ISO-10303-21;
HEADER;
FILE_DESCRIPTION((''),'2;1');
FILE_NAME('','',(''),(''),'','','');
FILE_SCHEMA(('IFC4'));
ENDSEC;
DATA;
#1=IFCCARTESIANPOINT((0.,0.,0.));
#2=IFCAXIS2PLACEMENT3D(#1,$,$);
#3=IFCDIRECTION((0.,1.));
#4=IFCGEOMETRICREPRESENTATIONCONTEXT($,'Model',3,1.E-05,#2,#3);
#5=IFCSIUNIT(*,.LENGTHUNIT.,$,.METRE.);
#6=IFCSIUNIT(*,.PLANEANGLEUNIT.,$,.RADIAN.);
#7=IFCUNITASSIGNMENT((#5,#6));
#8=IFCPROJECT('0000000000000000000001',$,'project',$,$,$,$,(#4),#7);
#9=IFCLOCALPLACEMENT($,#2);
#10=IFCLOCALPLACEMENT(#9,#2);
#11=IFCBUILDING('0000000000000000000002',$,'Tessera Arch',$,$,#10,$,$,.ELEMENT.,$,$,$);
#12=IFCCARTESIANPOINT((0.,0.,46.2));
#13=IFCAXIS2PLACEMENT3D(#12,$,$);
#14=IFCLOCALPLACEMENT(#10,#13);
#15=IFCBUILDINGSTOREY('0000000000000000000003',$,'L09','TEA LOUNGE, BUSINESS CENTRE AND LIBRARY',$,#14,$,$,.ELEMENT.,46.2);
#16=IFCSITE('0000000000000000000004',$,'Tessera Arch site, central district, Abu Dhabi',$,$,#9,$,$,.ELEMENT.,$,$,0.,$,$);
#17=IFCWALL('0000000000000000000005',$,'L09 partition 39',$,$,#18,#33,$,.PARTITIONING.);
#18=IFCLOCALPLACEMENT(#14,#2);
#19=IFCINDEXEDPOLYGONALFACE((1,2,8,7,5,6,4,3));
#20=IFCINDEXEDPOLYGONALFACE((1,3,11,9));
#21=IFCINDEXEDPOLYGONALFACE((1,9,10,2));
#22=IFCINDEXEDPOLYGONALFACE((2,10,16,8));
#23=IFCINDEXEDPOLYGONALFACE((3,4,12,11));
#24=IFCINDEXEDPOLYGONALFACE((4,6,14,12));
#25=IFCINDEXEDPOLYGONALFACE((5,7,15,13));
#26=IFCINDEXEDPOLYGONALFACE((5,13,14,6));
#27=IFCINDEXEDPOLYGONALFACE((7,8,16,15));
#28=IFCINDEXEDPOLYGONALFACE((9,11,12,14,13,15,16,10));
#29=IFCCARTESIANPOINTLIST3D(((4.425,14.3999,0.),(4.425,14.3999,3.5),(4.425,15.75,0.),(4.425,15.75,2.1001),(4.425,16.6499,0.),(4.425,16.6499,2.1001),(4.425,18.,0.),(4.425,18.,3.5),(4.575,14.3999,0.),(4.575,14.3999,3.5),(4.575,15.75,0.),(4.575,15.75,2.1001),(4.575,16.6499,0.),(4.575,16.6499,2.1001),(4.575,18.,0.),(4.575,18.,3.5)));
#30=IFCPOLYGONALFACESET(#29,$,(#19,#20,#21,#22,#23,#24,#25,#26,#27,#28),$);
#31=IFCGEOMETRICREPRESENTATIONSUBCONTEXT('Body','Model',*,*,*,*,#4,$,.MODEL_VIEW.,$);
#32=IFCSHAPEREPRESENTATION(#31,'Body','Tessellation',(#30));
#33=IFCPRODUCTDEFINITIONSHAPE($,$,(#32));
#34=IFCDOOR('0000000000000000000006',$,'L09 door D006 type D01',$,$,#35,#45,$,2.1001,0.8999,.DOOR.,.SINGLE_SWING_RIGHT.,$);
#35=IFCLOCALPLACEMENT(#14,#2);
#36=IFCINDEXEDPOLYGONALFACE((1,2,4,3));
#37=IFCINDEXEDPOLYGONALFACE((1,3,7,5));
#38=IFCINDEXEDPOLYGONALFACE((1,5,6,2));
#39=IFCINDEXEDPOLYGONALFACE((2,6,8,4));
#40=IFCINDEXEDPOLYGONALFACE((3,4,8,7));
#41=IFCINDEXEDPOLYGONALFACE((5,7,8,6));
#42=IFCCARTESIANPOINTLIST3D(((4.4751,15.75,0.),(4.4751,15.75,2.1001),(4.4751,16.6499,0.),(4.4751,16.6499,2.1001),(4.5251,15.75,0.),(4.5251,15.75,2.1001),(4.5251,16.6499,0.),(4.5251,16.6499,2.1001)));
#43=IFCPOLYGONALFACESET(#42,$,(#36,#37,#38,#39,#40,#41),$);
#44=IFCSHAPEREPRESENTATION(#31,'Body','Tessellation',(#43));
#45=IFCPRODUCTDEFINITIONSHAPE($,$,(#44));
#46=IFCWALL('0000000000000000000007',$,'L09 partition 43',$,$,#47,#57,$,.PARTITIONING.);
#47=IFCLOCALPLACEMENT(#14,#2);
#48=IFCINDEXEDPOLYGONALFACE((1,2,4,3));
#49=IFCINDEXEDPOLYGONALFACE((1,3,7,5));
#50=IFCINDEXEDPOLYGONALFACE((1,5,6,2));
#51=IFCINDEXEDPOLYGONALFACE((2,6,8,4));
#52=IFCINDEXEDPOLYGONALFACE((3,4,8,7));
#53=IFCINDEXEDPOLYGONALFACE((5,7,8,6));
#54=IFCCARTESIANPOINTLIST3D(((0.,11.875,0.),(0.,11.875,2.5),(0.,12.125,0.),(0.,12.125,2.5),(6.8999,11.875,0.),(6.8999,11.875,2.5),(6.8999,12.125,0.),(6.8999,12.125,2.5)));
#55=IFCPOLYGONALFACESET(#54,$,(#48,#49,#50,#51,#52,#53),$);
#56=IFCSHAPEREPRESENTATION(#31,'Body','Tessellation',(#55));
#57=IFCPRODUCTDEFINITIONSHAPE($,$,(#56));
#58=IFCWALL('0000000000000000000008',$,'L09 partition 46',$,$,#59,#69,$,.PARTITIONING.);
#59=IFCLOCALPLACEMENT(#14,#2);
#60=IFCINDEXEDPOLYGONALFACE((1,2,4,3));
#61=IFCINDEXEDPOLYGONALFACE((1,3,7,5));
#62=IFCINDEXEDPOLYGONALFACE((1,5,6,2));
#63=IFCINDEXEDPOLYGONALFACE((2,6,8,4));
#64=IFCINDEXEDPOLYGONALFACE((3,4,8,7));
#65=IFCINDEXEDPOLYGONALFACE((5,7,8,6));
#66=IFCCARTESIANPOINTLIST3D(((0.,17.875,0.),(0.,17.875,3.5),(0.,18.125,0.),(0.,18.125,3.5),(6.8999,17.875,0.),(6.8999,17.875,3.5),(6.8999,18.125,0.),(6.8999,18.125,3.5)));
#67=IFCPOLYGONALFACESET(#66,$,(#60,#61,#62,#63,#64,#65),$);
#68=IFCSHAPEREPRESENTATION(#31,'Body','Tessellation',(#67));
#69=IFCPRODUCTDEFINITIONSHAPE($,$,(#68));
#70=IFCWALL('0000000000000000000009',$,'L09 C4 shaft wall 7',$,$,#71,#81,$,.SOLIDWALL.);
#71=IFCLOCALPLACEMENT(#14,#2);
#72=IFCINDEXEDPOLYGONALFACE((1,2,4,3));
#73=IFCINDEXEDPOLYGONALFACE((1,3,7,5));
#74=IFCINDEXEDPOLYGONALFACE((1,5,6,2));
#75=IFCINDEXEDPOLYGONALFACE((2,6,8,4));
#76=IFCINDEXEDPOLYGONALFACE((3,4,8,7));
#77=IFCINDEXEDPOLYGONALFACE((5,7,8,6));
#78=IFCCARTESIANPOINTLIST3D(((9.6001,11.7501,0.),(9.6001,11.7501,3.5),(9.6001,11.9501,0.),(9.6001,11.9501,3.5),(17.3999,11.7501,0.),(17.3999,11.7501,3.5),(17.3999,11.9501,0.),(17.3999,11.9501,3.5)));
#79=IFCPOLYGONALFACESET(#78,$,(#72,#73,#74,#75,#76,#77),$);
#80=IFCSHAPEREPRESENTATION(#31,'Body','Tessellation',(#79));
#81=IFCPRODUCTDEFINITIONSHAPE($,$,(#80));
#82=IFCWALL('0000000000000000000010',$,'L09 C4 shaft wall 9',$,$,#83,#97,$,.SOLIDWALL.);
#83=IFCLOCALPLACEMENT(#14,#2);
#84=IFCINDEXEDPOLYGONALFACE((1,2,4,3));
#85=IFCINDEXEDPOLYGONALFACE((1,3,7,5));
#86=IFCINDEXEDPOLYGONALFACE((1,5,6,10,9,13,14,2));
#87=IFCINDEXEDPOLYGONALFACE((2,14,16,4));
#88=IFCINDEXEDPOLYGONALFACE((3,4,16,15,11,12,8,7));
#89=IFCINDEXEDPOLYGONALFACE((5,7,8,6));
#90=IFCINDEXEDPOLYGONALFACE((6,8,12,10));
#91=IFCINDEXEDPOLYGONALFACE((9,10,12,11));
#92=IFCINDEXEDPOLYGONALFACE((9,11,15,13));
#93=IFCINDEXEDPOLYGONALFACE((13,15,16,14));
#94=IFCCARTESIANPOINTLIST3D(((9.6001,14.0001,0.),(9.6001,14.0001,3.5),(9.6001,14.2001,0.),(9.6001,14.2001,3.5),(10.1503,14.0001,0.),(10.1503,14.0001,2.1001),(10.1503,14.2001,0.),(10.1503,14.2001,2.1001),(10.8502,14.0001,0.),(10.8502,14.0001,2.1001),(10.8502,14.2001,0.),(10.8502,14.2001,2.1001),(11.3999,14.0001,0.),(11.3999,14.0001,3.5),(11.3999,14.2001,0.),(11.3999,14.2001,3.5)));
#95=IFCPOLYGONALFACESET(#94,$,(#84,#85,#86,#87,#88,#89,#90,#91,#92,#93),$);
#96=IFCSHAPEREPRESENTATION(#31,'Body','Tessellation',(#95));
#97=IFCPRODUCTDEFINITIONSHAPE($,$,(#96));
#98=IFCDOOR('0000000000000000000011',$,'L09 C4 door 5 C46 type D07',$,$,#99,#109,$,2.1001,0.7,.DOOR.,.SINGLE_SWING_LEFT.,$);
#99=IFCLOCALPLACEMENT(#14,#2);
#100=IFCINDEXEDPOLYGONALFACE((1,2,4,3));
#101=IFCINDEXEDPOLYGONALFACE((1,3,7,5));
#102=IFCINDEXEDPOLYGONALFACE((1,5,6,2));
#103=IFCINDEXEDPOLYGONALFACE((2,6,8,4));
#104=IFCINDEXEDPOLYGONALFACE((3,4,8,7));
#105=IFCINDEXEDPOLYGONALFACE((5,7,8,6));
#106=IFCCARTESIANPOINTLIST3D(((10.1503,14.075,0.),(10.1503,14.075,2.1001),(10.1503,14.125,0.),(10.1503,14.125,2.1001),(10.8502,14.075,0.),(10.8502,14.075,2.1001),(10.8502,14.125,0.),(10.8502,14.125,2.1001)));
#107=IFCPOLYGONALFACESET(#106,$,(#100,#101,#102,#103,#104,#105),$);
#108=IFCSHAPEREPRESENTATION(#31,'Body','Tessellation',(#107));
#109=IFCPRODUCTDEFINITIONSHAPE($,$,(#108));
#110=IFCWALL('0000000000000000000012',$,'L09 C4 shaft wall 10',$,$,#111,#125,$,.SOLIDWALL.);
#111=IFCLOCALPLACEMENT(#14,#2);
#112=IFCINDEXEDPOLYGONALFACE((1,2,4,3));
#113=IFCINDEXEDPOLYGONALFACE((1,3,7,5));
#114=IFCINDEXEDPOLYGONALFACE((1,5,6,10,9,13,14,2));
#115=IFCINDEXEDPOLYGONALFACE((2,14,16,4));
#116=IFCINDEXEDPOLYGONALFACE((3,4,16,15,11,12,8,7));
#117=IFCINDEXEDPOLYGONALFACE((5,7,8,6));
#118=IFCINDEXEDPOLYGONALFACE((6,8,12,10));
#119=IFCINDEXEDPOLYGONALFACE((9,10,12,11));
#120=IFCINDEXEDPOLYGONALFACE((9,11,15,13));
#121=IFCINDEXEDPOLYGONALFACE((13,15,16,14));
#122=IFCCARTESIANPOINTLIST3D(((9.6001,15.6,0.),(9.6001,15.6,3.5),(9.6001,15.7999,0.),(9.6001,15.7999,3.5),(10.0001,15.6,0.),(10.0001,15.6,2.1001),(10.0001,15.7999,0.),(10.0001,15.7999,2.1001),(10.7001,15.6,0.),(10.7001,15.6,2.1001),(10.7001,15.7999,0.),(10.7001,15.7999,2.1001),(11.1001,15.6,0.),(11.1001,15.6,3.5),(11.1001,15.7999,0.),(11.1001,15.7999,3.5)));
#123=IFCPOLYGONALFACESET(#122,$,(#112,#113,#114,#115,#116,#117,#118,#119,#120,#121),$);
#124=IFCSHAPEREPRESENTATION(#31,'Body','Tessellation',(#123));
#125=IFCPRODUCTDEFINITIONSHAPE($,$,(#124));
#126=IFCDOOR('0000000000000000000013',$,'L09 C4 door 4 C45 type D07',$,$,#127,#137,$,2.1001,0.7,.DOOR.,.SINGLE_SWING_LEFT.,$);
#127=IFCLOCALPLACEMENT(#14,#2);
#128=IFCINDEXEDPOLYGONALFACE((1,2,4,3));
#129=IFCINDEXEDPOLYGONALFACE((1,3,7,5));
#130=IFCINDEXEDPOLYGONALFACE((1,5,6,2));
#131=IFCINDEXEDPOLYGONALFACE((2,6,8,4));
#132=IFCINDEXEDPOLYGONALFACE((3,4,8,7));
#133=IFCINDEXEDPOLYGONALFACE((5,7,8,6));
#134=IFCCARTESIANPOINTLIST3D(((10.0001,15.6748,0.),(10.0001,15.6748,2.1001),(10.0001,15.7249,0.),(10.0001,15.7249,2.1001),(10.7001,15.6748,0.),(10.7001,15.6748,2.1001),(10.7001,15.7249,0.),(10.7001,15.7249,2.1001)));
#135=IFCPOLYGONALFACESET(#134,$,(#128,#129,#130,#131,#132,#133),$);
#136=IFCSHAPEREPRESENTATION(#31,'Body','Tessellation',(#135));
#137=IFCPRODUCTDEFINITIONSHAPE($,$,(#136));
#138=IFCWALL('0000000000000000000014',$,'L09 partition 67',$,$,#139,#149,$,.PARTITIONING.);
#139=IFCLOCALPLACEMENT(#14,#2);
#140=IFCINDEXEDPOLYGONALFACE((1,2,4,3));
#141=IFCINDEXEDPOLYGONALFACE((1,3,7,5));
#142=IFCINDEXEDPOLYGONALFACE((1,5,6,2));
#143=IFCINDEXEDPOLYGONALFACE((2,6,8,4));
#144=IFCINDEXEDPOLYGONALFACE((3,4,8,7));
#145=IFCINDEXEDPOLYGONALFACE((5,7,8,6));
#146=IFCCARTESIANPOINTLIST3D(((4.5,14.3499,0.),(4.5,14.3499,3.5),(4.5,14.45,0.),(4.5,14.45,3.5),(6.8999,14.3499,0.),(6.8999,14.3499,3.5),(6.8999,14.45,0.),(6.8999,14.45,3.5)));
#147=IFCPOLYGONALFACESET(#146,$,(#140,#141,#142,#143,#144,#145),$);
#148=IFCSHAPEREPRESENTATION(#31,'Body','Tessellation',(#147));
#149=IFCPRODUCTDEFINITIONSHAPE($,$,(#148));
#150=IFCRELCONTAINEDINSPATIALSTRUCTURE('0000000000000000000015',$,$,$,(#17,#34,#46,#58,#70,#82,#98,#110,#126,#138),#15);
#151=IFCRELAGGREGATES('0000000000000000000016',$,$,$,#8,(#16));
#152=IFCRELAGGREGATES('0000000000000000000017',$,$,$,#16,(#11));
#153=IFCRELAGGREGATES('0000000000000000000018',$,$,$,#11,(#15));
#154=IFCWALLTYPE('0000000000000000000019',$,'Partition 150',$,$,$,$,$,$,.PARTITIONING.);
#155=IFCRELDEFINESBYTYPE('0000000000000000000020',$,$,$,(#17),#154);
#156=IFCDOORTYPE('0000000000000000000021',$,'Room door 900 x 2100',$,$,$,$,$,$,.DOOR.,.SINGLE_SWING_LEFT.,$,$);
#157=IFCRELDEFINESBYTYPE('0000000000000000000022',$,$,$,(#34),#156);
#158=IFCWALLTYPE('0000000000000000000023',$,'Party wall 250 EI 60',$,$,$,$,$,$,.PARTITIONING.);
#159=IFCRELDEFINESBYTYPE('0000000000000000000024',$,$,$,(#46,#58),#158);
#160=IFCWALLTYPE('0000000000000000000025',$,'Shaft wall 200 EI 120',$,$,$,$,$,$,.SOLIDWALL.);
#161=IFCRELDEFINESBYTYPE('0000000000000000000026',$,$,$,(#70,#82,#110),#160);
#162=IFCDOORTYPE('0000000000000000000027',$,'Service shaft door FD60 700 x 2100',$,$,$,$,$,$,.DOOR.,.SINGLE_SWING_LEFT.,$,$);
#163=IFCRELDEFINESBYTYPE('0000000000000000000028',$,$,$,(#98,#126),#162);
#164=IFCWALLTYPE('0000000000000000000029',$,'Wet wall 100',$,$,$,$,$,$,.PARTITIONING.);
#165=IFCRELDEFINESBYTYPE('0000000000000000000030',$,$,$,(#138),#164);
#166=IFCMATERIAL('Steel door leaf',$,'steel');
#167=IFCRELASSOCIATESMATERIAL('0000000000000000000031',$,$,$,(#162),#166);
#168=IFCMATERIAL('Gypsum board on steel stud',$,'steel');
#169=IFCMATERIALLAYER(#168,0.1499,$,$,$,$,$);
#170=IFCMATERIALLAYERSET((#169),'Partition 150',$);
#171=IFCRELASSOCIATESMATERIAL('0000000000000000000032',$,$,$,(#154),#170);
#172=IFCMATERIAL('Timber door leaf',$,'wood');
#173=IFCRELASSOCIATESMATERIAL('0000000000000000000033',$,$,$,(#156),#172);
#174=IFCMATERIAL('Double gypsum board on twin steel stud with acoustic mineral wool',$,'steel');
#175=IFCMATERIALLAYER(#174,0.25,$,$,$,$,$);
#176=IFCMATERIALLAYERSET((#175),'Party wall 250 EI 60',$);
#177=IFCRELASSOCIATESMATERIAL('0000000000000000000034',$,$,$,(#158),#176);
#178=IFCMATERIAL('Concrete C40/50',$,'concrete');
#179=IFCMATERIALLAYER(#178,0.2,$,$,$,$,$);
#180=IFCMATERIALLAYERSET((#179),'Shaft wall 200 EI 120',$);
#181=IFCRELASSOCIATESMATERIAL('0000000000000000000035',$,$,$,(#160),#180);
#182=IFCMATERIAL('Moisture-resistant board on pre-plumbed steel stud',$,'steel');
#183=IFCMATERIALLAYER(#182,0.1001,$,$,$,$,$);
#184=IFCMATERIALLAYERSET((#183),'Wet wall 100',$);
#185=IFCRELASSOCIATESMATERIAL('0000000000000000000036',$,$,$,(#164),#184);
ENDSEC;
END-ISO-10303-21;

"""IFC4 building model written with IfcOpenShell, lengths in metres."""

from ifc_helpers import new_model, si_unit, direction, frame, frame_2d, origin, place, context, subcontext, project, spatial, rectangle, extrude, material, layer, layer_set, type_object, element, fill, save


model = new_model("IFC4")

# Units and contexts
model_context = context("Model", 3, precision=1e-05, world=origin(), true_north=direction((0.0, 1.0)))
body_context = subcontext(model_context, "Body", "Model", "MODEL_VIEW")
ifc_project = project(units=[si_unit("LENGTHUNIT", "METRE"), si_unit("PLANEANGLEUNIT", "RADIAN")], contexts=[model_context])

# Site, building, storey
site_placement = place(None, origin())
site = spatial("IfcSite", under=ifc_project, at=site_placement, Name="Tessera Arch site, central district, Abu Dhabi", CompositionType="ELEMENT", RefElevation=0.0)
building_placement = place(site_placement, origin())
building = spatial("IfcBuilding", under=site, at=building_placement, Name="Tessera Arch", CompositionType="ELEMENT")
storey_placement = place(building_placement, frame((0.0, 0.0, 46.2)))
storey = spatial("IfcBuildingStorey", under=building, at=storey_placement, Name="L09", Description="TEA LOUNGE, BUSINESS CENTRE AND LIBRARY", CompositionType="ELEMENT", Elevation=46.2)

# Shared definitions
ifc_material_1 = material(Name="Steel door leaf", Category="steel")
door_type_1 = type_object("IfcDoorType", Name="Service shaft door FD60 700 x 2100", OperationType="SINGLE_SWING_LEFT", PredefinedType="DOOR", material=ifc_material_1)

# Wall, opening, door
ifc_material_2 = material(Name="Gypsum board on steel stud", Category="steel")
ifc_layer_1 = layer(ifc_material_2, 0.1499)
ifc_layer_set_1 = layer_set([ifc_layer_1], Name="Partition 150")
wall_type_1 = type_object("IfcWallType", Name="Partition 150", PredefinedType="PARTITIONING", material=ifc_layer_set_1)
wall_1_placement = place(storey_placement, frame((4.5, 14.3999, 0.0), z_axis=(0.0, 0.0, 1.0), x_axis=(0.0, 1.0, 0.0)))
wall_1 = element("IfcWall", 1, at=wall_1_placement, inside=storey, type_object=wall_type_1, Name="L09 partition 39", PredefinedType="PARTITIONING", context=body_context, shape_type="SweptSolid", body=[
    extrude(rectangle(XDim=3.6001, YDim=0.1499, at=frame_2d((1.8, 0.0))), origin(), (0.0, 0.0, 1.0), 3.5),
])
opening_1_placement = place(wall_1_placement, frame((1.3501, 0.0, 0.0)))
opening_1 = element("IfcOpeningElement", 2, at=opening_1_placement, cuts=wall_1, PredefinedType="OPENING", context=body_context, shape_type="SweptSolid", body=[
    extrude(rectangle(XDim=0.8999, YDim=2.1001, at=frame_2d((0.45, 1.05))), frame((0.0, 0.085, 0.0), z_axis=(0.0, -1.0, 0.0), x_axis=(1.0, 0.0, 0.0)), (0.0, 0.0, 1.0), 0.1699),
])
ifc_material_3 = material(Name="Timber door leaf", Category="wood")
door_type_2 = type_object("IfcDoorType", Name="Room door 900 x 2100", OperationType="SINGLE_SWING_LEFT", PredefinedType="DOOR", material=ifc_material_3)
door_1_placement = place(opening_1_placement, origin())
door_1 = element("IfcDoor", 3, at=door_1_placement, inside=storey, type_object=door_type_2, Name="L09 door D006 type D01", OperationType="SINGLE_SWING_RIGHT", OverallHeight=2.1001, OverallWidth=0.8999, PredefinedType="DOOR", context=body_context, shape_type="SweptSolid", body=[
    extrude(rectangle(XDim=0.8999, YDim=2.1001, at=frame_2d((0.45, 1.05))), frame((0.0, 0.0249, 0.0), z_axis=(0.0, -1.0, 0.0), x_axis=(1.0, 0.0, 0.0)), (0.0, 0.0, 1.0), 0.05),
])
fill(opening_1, door_1)

# Walls
ifc_material_4 = material(Name="Double gypsum board on twin steel stud with acoustic mineral wool", Category="steel")
ifc_layer_2 = layer(ifc_material_4, 0.25)
ifc_layer_set_2 = layer_set([ifc_layer_2], Name="Party wall 250 EI 60")
wall_type_2 = type_object("IfcWallType", Name="Party wall 250 EI 60", PredefinedType="PARTITIONING", material=ifc_layer_set_2)
wall_2_placement = place(storey_placement, frame((0.0, 12.0, 0.0), z_axis=(0.0, 0.0, 1.0), x_axis=(1.0, 0.0, 0.0)))
element("IfcWall", 4, at=wall_2_placement, inside=storey, type_object=wall_type_2, Name="L09 partition 43", PredefinedType="PARTITIONING", context=body_context, shape_type="SweptSolid", body=[
    extrude(rectangle(XDim=6.8999, YDim=0.25, at=frame_2d((3.45, 0.0))), origin(), (0.0, 0.0, 1.0), 2.5),
])
wall_3_placement = place(storey_placement, frame((0.0, 18.0, 0.0), z_axis=(0.0, 0.0, 1.0), x_axis=(1.0, 0.0, 0.0)))
element("IfcWall", 5, at=wall_3_placement, inside=storey, type_object=wall_type_2, Name="L09 partition 46", PredefinedType="PARTITIONING", context=body_context, shape_type="SweptSolid", body=[
    extrude(rectangle(XDim=6.8999, YDim=0.25, at=frame_2d((3.45, 0.0))), origin(), (0.0, 0.0, 1.0), 3.5),
])
ifc_material_5 = material(Name="Concrete C40/50", Category="concrete")
ifc_layer_3 = layer(ifc_material_5, 0.2)
ifc_layer_set_3 = layer_set([ifc_layer_3], Name="Shaft wall 200 EI 120")
wall_type_3 = type_object("IfcWallType", Name="Shaft wall 200 EI 120", PredefinedType="SOLIDWALL", material=ifc_layer_set_3)
wall_4_placement = place(storey_placement, frame((9.6001, 11.8501, 0.0), z_axis=(0.0, 0.0, 1.0), x_axis=(1.0, 0.0, 0.0)))
element("IfcWall", 6, at=wall_4_placement, inside=storey, type_object=wall_type_3, Name="L09 C4 shaft wall 7", PredefinedType="SOLIDWALL", context=body_context, shape_type="SweptSolid", body=[
    extrude(rectangle(XDim=7.7998, YDim=0.2, at=frame_2d((3.8999, 0.0))), origin(), (0.0, 0.0, 1.0), 3.5),
])

# Walls, openings, doors
wall_5_placement = place(storey_placement, frame((9.6001, 14.1001, 0.0), z_axis=(0.0, 0.0, 1.0), x_axis=(1.0, 0.0, 0.0)))
wall_5 = element("IfcWall", 7, at=wall_5_placement, inside=storey, type_object=wall_type_3, Name="L09 C4 shaft wall 9", PredefinedType="SOLIDWALL", context=body_context, shape_type="SweptSolid", body=[
    extrude(rectangle(XDim=1.7998, YDim=0.2, at=frame_2d((0.8999, 0.0))), origin(), (0.0, 0.0, 1.0), 3.5),
])
opening_2_placement = place(wall_5_placement, frame((0.55, 0.0, 0.0)))
opening_2 = element("IfcOpeningElement", 8, at=opening_2_placement, cuts=wall_5, PredefinedType="OPENING", context=body_context, shape_type="SweptSolid", body=[
    extrude(rectangle(XDim=0.7, YDim=2.1001, at=frame_2d((0.3501, 1.05))), frame((0.0, 0.1099, 0.0), z_axis=(0.0, -1.0, 0.0), x_axis=(1.0, 0.0, 0.0)), (0.0, 0.0, 1.0), 0.22),
])
door_2_placement = place(opening_2_placement, origin())
door_2 = element("IfcDoor", 9, at=door_2_placement, inside=storey, type_object=door_type_1, Name="L09 C4 door 5 C46 type D07", OperationType="SINGLE_SWING_LEFT", OverallHeight=2.1001, OverallWidth=0.7, PredefinedType="DOOR", context=body_context, shape_type="SweptSolid", body=[
    extrude(rectangle(XDim=0.7, YDim=2.1001, at=frame_2d((0.3501, 1.05))), frame((0.0, 0.0249, 0.0), z_axis=(0.0, -1.0, 0.0), x_axis=(1.0, 0.0, 0.0)), (0.0, 0.0, 1.0), 0.05),
])
fill(opening_2, door_2)
wall_6_placement = place(storey_placement, frame((9.6001, 15.7, 0.0), z_axis=(0.0, 0.0, 1.0), x_axis=(1.0, 0.0, 0.0)))
wall_6 = element("IfcWall", 10, at=wall_6_placement, inside=storey, type_object=wall_type_3, Name="L09 C4 shaft wall 10", PredefinedType="SOLIDWALL", context=body_context, shape_type="SweptSolid", body=[
    extrude(rectangle(XDim=1.5, YDim=0.2, at=frame_2d((0.75, 0.0))), origin(), (0.0, 0.0, 1.0), 3.5),
])
opening_3_placement = place(wall_6_placement, frame((0.3999, 0.0, 0.0)))
opening_3 = element("IfcOpeningElement", 11, at=opening_3_placement, cuts=wall_6, PredefinedType="OPENING", context=body_context, shape_type="SweptSolid", body=[
    extrude(rectangle(XDim=0.7, YDim=2.1001, at=frame_2d((0.3501, 1.05))), frame((0.0, 0.1099, 0.0), z_axis=(0.0, -1.0, 0.0), x_axis=(1.0, 0.0, 0.0)), (0.0, 0.0, 1.0), 0.22),
])
door_3_placement = place(opening_3_placement, origin())
door_3 = element("IfcDoor", 12, at=door_3_placement, inside=storey, type_object=door_type_1, Name="L09 C4 door 4 C45 type D07", OperationType="SINGLE_SWING_LEFT", OverallHeight=2.1001, OverallWidth=0.7, PredefinedType="DOOR", context=body_context, shape_type="SweptSolid", body=[
    extrude(rectangle(XDim=0.7, YDim=2.1001, at=frame_2d((0.3501, 1.05))), frame((0.0, 0.0249, 0.0), z_axis=(0.0, -1.0, 0.0), x_axis=(1.0, 0.0, 0.0)), (0.0, 0.0, 1.0), 0.05),
])
fill(opening_3, door_3)

# Wall
ifc_material_6 = material(Name="Moisture-resistant board on pre-plumbed steel stud", Category="steel")
ifc_layer_4 = layer(ifc_material_6, 0.1001)
ifc_layer_set_4 = layer_set([ifc_layer_4], Name="Wet wall 100")
wall_type_4 = type_object("IfcWallType", Name="Wet wall 100", PredefinedType="PARTITIONING", material=ifc_layer_set_4)
wall_7_placement = place(storey_placement, frame((4.5, 14.3999, 0.0), z_axis=(0.0, 0.0, 1.0), x_axis=(1.0, 0.0, 0.0)))
element("IfcWall", 13, at=wall_7_placement, inside=storey, type_object=wall_type_4, Name="L09 partition 67", PredefinedType="PARTITIONING", context=body_context, shape_type="SweptSolid", body=[
    extrude(rectangle(XDim=2.3999, YDim=0.1001, at=frame_2d((1.2, 0.0))), origin(), (0.0, 0.0, 1.0), 3.5),
])

save(model, "model.ifc")
